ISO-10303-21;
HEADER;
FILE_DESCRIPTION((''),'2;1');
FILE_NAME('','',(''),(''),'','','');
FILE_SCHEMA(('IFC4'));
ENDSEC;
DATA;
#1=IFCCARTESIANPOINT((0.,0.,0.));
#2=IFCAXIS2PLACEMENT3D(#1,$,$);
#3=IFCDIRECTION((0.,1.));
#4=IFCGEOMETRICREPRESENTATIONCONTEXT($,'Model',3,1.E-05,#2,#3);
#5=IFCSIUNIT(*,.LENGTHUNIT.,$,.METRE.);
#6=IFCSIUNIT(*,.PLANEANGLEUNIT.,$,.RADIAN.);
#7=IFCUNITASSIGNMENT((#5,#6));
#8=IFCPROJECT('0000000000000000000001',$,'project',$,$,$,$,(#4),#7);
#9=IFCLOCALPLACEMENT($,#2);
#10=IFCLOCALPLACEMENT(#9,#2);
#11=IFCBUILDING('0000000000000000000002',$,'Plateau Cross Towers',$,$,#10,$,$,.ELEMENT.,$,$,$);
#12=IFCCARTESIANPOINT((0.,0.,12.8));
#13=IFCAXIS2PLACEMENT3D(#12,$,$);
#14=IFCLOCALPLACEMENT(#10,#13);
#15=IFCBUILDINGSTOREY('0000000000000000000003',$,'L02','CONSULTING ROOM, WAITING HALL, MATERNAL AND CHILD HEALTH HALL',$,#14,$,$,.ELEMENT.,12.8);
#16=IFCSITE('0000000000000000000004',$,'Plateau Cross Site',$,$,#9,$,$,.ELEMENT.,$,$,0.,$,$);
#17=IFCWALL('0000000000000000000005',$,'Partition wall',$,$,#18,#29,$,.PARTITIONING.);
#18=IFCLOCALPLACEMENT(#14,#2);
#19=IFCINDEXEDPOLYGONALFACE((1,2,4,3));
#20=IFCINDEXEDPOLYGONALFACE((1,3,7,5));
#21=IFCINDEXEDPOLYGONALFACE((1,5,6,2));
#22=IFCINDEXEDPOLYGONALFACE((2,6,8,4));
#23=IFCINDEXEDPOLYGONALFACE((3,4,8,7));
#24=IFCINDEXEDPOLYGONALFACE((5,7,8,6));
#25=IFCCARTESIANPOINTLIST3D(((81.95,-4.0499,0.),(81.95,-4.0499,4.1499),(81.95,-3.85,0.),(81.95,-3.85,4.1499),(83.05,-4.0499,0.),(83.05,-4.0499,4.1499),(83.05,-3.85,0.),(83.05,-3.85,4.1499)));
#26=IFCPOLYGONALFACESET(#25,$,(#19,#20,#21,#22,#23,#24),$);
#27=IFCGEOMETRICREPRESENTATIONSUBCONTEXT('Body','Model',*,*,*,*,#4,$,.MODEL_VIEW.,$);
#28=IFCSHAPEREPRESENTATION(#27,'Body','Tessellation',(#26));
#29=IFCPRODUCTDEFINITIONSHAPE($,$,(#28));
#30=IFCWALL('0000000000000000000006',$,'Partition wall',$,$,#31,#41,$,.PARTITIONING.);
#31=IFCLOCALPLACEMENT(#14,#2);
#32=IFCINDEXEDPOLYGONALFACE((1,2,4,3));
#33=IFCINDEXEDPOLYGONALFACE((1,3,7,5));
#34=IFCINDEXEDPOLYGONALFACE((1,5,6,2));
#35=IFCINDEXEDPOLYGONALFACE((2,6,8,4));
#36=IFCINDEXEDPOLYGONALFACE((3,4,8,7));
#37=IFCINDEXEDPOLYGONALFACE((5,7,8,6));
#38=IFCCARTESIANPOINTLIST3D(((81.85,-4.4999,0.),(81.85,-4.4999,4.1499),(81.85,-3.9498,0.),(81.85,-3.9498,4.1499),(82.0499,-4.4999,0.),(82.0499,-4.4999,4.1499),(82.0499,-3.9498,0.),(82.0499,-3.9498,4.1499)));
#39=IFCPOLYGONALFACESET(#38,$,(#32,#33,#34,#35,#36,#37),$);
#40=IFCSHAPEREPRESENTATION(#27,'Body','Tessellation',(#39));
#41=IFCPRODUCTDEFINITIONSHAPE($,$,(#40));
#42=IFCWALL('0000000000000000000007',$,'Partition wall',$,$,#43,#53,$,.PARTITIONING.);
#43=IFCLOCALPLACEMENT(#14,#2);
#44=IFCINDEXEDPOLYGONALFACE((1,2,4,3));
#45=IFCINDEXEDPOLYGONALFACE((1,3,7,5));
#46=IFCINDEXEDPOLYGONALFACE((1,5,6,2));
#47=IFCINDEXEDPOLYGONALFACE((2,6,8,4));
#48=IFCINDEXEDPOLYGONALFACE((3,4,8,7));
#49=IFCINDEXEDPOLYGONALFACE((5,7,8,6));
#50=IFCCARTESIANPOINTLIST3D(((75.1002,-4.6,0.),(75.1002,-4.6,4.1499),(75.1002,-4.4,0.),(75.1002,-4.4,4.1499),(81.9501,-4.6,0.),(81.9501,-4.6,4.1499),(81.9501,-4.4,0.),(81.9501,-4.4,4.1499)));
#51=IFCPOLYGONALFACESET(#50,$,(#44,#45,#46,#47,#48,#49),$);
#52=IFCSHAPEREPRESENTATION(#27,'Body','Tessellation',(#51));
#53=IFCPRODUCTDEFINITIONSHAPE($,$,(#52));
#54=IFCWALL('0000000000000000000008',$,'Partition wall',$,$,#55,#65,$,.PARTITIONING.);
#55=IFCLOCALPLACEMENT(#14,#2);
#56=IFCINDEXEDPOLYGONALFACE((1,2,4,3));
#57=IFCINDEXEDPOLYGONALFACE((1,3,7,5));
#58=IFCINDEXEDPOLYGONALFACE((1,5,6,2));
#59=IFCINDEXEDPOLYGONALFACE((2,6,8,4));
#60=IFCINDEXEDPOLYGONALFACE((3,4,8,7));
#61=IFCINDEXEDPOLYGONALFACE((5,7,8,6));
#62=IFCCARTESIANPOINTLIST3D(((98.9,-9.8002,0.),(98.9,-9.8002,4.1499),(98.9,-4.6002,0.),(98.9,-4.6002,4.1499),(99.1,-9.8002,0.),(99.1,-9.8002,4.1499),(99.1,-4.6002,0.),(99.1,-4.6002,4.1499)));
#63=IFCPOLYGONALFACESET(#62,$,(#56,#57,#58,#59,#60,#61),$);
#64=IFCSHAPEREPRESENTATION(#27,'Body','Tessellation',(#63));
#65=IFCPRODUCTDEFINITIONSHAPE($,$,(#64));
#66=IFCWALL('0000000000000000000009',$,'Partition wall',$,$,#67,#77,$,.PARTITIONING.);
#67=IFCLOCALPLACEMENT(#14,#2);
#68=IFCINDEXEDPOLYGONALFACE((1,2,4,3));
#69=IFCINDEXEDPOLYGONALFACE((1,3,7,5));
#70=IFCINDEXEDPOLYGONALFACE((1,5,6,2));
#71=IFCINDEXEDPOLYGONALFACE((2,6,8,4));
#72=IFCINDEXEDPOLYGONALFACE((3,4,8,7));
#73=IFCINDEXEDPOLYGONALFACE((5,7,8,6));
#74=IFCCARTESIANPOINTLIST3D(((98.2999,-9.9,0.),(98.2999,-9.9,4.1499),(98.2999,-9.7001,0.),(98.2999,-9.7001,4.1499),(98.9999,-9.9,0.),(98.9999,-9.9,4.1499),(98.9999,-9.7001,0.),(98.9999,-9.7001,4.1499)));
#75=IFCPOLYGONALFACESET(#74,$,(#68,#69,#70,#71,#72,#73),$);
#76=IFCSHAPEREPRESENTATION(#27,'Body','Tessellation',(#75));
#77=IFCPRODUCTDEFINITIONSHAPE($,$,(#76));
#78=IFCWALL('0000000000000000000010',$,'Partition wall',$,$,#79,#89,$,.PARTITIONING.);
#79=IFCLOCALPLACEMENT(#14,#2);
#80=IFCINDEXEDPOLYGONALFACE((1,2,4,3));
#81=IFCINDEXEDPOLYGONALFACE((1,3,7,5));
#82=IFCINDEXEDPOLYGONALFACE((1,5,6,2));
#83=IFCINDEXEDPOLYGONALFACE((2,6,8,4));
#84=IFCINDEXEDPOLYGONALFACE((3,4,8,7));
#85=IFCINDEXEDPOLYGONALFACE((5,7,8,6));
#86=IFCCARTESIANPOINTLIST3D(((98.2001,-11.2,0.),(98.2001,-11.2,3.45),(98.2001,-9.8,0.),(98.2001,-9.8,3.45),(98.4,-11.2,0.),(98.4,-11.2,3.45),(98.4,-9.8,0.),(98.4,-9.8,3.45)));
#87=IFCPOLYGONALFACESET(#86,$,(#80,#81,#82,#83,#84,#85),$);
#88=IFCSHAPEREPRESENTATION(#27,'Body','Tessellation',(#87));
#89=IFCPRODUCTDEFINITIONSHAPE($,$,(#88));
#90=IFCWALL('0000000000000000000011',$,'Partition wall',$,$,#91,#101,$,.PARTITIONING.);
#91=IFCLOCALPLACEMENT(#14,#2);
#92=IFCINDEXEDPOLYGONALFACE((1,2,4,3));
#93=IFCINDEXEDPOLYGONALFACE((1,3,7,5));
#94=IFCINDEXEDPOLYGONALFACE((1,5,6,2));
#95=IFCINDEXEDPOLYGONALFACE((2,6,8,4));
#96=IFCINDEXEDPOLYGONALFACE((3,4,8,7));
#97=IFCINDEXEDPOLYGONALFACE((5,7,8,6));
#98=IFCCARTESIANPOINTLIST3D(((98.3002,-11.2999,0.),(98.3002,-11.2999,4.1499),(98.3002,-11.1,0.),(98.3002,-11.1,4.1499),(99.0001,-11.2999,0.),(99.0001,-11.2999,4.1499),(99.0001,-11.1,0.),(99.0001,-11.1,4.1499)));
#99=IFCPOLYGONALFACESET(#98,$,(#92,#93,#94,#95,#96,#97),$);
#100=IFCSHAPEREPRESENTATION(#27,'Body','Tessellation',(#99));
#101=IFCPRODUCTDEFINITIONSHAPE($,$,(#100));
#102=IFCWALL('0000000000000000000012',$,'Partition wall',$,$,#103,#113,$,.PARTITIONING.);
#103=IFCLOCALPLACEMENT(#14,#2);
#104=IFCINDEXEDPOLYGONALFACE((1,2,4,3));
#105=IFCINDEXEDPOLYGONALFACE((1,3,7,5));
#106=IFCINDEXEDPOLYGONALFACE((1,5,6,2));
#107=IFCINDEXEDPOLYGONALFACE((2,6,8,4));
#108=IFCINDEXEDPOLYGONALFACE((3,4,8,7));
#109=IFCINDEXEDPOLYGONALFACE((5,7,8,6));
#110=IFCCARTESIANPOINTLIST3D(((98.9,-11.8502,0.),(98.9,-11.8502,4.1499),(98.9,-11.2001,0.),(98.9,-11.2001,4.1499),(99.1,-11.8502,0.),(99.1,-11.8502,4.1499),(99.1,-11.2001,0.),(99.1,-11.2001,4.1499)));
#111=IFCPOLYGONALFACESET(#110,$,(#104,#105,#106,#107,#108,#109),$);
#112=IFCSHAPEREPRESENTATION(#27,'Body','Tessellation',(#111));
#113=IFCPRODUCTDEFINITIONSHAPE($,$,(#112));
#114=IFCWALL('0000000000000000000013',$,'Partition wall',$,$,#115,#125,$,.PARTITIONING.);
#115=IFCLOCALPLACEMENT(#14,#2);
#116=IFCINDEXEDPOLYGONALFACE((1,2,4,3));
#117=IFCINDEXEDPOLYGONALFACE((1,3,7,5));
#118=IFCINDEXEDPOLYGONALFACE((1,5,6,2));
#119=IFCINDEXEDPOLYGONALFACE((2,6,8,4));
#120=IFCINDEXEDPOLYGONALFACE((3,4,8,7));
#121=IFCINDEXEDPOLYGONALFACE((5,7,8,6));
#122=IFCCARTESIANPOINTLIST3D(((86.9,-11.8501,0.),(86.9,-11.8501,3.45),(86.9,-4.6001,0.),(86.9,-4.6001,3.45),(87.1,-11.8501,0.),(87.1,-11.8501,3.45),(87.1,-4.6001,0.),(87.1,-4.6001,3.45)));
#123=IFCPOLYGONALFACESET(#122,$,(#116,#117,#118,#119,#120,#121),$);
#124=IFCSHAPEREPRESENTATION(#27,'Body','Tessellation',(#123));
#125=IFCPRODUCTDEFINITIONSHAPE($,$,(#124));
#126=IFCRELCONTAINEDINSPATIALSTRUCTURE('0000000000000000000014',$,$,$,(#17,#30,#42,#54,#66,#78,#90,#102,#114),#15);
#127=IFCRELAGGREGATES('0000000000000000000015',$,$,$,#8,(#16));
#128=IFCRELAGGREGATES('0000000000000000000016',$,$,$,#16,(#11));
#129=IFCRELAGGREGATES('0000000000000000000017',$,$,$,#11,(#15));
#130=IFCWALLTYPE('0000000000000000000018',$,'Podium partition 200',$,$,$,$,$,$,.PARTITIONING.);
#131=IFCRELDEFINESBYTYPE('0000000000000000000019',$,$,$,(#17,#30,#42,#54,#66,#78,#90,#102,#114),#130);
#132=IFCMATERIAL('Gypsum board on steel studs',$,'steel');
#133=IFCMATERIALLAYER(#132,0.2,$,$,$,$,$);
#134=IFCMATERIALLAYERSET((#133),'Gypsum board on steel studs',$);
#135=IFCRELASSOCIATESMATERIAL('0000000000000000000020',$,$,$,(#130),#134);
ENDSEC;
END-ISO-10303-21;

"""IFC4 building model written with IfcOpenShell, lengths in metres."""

from ifc_helpers import new_model, si_unit, direction, frame, frame_2d, origin, place, context, subcontext, project, spatial, rectangle, extrude, material, layer, layer_set, type_object, element, save


model = new_model("IFC4")

# Units and contexts
model_context = context("Model", 3, precision=1e-05, world=origin(), true_north=direction((0.0, 1.0)))
body_context = subcontext(model_context, "Body", "Model", "MODEL_VIEW")
ifc_project = project(units=[si_unit("LENGTHUNIT", "METRE"), si_unit("PLANEANGLEUNIT", "RADIAN")], contexts=[model_context])

# Site, building, storey
site_placement = place(None, origin())
site = spatial("IfcSite", under=ifc_project, at=site_placement, Name="Plateau Cross Site", CompositionType="ELEMENT", RefElevation=0.0)
building_placement = place(site_placement, origin())
building = spatial("IfcBuilding", under=site, at=building_placement, Name="Plateau Cross Towers", CompositionType="ELEMENT")
storey_placement = place(building_placement, frame((0.0, 0.0, 12.8)))
storey = spatial("IfcBuildingStorey", under=building, at=storey_placement, Name="L02", Description="CONSULTING ROOM, WAITING HALL, MATERNAL AND CHILD HEALTH HALL", CompositionType="ELEMENT", Elevation=12.8)

# Shared definitions
ifc_material_1 = material(Name="Gypsum board on steel studs", Category="steel")
ifc_layer_1 = layer(ifc_material_1, 0.2)
ifc_layer_set_1 = layer_set([ifc_layer_1], Name="Gypsum board on steel studs")
wall_type_1 = type_object("IfcWallType", Name="Podium partition 200", PredefinedType="PARTITIONING", material=ifc_layer_set_1)

# Walls
wall_1_placement = place(storey_placement, frame((83.05, -3.95, 0.0), z_axis=(0.0, 0.0, 1.0), x_axis=(-1.0, 0.0, 0.0)))
element("IfcWall", 1, at=wall_1_placement, inside=storey, type_object=wall_type_1, Name="Partition wall", PredefinedType="PARTITIONING", context=body_context, shape_type="SweptSolid", body=[
    extrude(rectangle(XDim=1.1001, YDim=0.2, at=frame_2d((0.55, 0.0))), origin(), (0.0, 0.0, 1.0), 4.1499),
])
wall_2_placement = place(storey_placement, frame((81.95, -3.95, 0.0), z_axis=(0.0, 0.0, 1.0), x_axis=(0.0, -1.0, 0.0)))
element("IfcWall", 2, at=wall_2_placement, inside=storey, type_object=wall_type_1, Name="Partition wall", PredefinedType="PARTITIONING", context=body_context, shape_type="SweptSolid", body=[
    extrude(rectangle(XDim=0.55, YDim=0.2, at=frame_2d((0.2749, 0.0))), origin(), (0.0, 0.0, 1.0), 4.1499),
])
wall_3_placement = place(storey_placement, frame((81.95, -4.5, 0.0), z_axis=(0.0, 0.0, 1.0), x_axis=(-1.0, 0.0, 0.0)))
element("IfcWall", 3, at=wall_3_placement, inside=storey, type_object=wall_type_1, Name="Partition wall", PredefinedType="PARTITIONING", context=body_context, shape_type="SweptSolid", body=[
    extrude(rectangle(XDim=6.8499, YDim=0.2, at=frame_2d((3.4248, 0.0))), origin(), (0.0, 0.0, 1.0), 4.1499),
])
wall_4_placement = place(storey_placement, frame((99.0, -4.6001, 0.0), z_axis=(0.0, 0.0, 1.0), x_axis=(0.0, -1.0, 0.0)))
element("IfcWall", 4, at=wall_4_placement, inside=storey, type_object=wall_type_1, Name="Partition wall", PredefinedType="PARTITIONING", context=body_context, shape_type="SweptSolid", body=[
    extrude(rectangle(XDim=5.2, YDim=0.2, at=frame_2d((2.6001, 0.0))), origin(), (0.0, 0.0, 1.0), 4.1499),
])
wall_5_placement = place(storey_placement, frame((99.0, -9.8, 0.0), z_axis=(0.0, 0.0, 1.0), x_axis=(-1.0, 0.0, 0.0)))
element("IfcWall", 5, at=wall_5_placement, inside=storey, type_object=wall_type_1, Name="Partition wall", PredefinedType="PARTITIONING", context=body_context, shape_type="SweptSolid", body=[
    extrude(rectangle(XDim=0.7, YDim=0.2, at=frame_2d((0.3501, 0.0))), origin(), (0.0, 0.0, 1.0), 4.1499),
])
wall_6_placement = place(storey_placement, frame((98.3, -9.8, 0.0), z_axis=(0.0, 0.0, 1.0), x_axis=(0.0, -1.0, 0.0)))
element("IfcWall", 6, at=wall_6_placement, inside=storey, type_object=wall_type_1, Name="Partition wall", PredefinedType="PARTITIONING", context=body_context, shape_type="SweptSolid", body=[
    extrude(rectangle(XDim=1.3999, YDim=0.2, at=frame_2d((0.7, 0.0))), origin(), (0.0, 0.0, 1.0), 3.45),
])
wall_7_placement = place(storey_placement, frame((98.3, -11.2, 0.0), z_axis=(0.0, 0.0, 1.0), x_axis=(1.0, 0.0, 0.0)))
element("IfcWall", 7, at=wall_7_placement, inside=storey, type_object=wall_type_1, Name="Partition wall", PredefinedType="PARTITIONING", context=body_context, shape_type="SweptSolid", body=[
    extrude(rectangle(XDim=0.7, YDim=0.2, at=frame_2d((0.3501, 0.0))), origin(), (0.0, 0.0, 1.0), 4.1499),
])
wall_8_placement = place(storey_placement, frame((99.0, -11.2, 0.0), z_axis=(0.0, 0.0, 1.0), x_axis=(0.0, -1.0, 0.0)))
element("IfcWall", 8, at=wall_8_placement, inside=storey, type_object=wall_type_1, Name="Partition wall", PredefinedType="PARTITIONING", context=body_context, shape_type="SweptSolid", body=[
    extrude(rectangle(XDim=0.6501, YDim=0.2, at=frame_2d((0.3252, 0.0))), origin(), (0.0, 0.0, 1.0), 4.1499),
])
wall_9_placement = place(storey_placement, frame((87.0, -4.6001, 0.0), z_axis=(0.0, 0.0, 1.0), x_axis=(0.0, -1.0, 0.0)))
element("IfcWall", 9, at=wall_9_placement, inside=storey, type_object=wall_type_1, Name="Partition wall", PredefinedType="PARTITIONING", context=body_context, shape_type="SweptSolid", body=[
    extrude(rectangle(XDim=7.25, YDim=0.2, at=frame_2d((3.625, 0.0))), origin(), (0.0, 0.0, 1.0), 3.45),
])

save(model, "model.ifc")
